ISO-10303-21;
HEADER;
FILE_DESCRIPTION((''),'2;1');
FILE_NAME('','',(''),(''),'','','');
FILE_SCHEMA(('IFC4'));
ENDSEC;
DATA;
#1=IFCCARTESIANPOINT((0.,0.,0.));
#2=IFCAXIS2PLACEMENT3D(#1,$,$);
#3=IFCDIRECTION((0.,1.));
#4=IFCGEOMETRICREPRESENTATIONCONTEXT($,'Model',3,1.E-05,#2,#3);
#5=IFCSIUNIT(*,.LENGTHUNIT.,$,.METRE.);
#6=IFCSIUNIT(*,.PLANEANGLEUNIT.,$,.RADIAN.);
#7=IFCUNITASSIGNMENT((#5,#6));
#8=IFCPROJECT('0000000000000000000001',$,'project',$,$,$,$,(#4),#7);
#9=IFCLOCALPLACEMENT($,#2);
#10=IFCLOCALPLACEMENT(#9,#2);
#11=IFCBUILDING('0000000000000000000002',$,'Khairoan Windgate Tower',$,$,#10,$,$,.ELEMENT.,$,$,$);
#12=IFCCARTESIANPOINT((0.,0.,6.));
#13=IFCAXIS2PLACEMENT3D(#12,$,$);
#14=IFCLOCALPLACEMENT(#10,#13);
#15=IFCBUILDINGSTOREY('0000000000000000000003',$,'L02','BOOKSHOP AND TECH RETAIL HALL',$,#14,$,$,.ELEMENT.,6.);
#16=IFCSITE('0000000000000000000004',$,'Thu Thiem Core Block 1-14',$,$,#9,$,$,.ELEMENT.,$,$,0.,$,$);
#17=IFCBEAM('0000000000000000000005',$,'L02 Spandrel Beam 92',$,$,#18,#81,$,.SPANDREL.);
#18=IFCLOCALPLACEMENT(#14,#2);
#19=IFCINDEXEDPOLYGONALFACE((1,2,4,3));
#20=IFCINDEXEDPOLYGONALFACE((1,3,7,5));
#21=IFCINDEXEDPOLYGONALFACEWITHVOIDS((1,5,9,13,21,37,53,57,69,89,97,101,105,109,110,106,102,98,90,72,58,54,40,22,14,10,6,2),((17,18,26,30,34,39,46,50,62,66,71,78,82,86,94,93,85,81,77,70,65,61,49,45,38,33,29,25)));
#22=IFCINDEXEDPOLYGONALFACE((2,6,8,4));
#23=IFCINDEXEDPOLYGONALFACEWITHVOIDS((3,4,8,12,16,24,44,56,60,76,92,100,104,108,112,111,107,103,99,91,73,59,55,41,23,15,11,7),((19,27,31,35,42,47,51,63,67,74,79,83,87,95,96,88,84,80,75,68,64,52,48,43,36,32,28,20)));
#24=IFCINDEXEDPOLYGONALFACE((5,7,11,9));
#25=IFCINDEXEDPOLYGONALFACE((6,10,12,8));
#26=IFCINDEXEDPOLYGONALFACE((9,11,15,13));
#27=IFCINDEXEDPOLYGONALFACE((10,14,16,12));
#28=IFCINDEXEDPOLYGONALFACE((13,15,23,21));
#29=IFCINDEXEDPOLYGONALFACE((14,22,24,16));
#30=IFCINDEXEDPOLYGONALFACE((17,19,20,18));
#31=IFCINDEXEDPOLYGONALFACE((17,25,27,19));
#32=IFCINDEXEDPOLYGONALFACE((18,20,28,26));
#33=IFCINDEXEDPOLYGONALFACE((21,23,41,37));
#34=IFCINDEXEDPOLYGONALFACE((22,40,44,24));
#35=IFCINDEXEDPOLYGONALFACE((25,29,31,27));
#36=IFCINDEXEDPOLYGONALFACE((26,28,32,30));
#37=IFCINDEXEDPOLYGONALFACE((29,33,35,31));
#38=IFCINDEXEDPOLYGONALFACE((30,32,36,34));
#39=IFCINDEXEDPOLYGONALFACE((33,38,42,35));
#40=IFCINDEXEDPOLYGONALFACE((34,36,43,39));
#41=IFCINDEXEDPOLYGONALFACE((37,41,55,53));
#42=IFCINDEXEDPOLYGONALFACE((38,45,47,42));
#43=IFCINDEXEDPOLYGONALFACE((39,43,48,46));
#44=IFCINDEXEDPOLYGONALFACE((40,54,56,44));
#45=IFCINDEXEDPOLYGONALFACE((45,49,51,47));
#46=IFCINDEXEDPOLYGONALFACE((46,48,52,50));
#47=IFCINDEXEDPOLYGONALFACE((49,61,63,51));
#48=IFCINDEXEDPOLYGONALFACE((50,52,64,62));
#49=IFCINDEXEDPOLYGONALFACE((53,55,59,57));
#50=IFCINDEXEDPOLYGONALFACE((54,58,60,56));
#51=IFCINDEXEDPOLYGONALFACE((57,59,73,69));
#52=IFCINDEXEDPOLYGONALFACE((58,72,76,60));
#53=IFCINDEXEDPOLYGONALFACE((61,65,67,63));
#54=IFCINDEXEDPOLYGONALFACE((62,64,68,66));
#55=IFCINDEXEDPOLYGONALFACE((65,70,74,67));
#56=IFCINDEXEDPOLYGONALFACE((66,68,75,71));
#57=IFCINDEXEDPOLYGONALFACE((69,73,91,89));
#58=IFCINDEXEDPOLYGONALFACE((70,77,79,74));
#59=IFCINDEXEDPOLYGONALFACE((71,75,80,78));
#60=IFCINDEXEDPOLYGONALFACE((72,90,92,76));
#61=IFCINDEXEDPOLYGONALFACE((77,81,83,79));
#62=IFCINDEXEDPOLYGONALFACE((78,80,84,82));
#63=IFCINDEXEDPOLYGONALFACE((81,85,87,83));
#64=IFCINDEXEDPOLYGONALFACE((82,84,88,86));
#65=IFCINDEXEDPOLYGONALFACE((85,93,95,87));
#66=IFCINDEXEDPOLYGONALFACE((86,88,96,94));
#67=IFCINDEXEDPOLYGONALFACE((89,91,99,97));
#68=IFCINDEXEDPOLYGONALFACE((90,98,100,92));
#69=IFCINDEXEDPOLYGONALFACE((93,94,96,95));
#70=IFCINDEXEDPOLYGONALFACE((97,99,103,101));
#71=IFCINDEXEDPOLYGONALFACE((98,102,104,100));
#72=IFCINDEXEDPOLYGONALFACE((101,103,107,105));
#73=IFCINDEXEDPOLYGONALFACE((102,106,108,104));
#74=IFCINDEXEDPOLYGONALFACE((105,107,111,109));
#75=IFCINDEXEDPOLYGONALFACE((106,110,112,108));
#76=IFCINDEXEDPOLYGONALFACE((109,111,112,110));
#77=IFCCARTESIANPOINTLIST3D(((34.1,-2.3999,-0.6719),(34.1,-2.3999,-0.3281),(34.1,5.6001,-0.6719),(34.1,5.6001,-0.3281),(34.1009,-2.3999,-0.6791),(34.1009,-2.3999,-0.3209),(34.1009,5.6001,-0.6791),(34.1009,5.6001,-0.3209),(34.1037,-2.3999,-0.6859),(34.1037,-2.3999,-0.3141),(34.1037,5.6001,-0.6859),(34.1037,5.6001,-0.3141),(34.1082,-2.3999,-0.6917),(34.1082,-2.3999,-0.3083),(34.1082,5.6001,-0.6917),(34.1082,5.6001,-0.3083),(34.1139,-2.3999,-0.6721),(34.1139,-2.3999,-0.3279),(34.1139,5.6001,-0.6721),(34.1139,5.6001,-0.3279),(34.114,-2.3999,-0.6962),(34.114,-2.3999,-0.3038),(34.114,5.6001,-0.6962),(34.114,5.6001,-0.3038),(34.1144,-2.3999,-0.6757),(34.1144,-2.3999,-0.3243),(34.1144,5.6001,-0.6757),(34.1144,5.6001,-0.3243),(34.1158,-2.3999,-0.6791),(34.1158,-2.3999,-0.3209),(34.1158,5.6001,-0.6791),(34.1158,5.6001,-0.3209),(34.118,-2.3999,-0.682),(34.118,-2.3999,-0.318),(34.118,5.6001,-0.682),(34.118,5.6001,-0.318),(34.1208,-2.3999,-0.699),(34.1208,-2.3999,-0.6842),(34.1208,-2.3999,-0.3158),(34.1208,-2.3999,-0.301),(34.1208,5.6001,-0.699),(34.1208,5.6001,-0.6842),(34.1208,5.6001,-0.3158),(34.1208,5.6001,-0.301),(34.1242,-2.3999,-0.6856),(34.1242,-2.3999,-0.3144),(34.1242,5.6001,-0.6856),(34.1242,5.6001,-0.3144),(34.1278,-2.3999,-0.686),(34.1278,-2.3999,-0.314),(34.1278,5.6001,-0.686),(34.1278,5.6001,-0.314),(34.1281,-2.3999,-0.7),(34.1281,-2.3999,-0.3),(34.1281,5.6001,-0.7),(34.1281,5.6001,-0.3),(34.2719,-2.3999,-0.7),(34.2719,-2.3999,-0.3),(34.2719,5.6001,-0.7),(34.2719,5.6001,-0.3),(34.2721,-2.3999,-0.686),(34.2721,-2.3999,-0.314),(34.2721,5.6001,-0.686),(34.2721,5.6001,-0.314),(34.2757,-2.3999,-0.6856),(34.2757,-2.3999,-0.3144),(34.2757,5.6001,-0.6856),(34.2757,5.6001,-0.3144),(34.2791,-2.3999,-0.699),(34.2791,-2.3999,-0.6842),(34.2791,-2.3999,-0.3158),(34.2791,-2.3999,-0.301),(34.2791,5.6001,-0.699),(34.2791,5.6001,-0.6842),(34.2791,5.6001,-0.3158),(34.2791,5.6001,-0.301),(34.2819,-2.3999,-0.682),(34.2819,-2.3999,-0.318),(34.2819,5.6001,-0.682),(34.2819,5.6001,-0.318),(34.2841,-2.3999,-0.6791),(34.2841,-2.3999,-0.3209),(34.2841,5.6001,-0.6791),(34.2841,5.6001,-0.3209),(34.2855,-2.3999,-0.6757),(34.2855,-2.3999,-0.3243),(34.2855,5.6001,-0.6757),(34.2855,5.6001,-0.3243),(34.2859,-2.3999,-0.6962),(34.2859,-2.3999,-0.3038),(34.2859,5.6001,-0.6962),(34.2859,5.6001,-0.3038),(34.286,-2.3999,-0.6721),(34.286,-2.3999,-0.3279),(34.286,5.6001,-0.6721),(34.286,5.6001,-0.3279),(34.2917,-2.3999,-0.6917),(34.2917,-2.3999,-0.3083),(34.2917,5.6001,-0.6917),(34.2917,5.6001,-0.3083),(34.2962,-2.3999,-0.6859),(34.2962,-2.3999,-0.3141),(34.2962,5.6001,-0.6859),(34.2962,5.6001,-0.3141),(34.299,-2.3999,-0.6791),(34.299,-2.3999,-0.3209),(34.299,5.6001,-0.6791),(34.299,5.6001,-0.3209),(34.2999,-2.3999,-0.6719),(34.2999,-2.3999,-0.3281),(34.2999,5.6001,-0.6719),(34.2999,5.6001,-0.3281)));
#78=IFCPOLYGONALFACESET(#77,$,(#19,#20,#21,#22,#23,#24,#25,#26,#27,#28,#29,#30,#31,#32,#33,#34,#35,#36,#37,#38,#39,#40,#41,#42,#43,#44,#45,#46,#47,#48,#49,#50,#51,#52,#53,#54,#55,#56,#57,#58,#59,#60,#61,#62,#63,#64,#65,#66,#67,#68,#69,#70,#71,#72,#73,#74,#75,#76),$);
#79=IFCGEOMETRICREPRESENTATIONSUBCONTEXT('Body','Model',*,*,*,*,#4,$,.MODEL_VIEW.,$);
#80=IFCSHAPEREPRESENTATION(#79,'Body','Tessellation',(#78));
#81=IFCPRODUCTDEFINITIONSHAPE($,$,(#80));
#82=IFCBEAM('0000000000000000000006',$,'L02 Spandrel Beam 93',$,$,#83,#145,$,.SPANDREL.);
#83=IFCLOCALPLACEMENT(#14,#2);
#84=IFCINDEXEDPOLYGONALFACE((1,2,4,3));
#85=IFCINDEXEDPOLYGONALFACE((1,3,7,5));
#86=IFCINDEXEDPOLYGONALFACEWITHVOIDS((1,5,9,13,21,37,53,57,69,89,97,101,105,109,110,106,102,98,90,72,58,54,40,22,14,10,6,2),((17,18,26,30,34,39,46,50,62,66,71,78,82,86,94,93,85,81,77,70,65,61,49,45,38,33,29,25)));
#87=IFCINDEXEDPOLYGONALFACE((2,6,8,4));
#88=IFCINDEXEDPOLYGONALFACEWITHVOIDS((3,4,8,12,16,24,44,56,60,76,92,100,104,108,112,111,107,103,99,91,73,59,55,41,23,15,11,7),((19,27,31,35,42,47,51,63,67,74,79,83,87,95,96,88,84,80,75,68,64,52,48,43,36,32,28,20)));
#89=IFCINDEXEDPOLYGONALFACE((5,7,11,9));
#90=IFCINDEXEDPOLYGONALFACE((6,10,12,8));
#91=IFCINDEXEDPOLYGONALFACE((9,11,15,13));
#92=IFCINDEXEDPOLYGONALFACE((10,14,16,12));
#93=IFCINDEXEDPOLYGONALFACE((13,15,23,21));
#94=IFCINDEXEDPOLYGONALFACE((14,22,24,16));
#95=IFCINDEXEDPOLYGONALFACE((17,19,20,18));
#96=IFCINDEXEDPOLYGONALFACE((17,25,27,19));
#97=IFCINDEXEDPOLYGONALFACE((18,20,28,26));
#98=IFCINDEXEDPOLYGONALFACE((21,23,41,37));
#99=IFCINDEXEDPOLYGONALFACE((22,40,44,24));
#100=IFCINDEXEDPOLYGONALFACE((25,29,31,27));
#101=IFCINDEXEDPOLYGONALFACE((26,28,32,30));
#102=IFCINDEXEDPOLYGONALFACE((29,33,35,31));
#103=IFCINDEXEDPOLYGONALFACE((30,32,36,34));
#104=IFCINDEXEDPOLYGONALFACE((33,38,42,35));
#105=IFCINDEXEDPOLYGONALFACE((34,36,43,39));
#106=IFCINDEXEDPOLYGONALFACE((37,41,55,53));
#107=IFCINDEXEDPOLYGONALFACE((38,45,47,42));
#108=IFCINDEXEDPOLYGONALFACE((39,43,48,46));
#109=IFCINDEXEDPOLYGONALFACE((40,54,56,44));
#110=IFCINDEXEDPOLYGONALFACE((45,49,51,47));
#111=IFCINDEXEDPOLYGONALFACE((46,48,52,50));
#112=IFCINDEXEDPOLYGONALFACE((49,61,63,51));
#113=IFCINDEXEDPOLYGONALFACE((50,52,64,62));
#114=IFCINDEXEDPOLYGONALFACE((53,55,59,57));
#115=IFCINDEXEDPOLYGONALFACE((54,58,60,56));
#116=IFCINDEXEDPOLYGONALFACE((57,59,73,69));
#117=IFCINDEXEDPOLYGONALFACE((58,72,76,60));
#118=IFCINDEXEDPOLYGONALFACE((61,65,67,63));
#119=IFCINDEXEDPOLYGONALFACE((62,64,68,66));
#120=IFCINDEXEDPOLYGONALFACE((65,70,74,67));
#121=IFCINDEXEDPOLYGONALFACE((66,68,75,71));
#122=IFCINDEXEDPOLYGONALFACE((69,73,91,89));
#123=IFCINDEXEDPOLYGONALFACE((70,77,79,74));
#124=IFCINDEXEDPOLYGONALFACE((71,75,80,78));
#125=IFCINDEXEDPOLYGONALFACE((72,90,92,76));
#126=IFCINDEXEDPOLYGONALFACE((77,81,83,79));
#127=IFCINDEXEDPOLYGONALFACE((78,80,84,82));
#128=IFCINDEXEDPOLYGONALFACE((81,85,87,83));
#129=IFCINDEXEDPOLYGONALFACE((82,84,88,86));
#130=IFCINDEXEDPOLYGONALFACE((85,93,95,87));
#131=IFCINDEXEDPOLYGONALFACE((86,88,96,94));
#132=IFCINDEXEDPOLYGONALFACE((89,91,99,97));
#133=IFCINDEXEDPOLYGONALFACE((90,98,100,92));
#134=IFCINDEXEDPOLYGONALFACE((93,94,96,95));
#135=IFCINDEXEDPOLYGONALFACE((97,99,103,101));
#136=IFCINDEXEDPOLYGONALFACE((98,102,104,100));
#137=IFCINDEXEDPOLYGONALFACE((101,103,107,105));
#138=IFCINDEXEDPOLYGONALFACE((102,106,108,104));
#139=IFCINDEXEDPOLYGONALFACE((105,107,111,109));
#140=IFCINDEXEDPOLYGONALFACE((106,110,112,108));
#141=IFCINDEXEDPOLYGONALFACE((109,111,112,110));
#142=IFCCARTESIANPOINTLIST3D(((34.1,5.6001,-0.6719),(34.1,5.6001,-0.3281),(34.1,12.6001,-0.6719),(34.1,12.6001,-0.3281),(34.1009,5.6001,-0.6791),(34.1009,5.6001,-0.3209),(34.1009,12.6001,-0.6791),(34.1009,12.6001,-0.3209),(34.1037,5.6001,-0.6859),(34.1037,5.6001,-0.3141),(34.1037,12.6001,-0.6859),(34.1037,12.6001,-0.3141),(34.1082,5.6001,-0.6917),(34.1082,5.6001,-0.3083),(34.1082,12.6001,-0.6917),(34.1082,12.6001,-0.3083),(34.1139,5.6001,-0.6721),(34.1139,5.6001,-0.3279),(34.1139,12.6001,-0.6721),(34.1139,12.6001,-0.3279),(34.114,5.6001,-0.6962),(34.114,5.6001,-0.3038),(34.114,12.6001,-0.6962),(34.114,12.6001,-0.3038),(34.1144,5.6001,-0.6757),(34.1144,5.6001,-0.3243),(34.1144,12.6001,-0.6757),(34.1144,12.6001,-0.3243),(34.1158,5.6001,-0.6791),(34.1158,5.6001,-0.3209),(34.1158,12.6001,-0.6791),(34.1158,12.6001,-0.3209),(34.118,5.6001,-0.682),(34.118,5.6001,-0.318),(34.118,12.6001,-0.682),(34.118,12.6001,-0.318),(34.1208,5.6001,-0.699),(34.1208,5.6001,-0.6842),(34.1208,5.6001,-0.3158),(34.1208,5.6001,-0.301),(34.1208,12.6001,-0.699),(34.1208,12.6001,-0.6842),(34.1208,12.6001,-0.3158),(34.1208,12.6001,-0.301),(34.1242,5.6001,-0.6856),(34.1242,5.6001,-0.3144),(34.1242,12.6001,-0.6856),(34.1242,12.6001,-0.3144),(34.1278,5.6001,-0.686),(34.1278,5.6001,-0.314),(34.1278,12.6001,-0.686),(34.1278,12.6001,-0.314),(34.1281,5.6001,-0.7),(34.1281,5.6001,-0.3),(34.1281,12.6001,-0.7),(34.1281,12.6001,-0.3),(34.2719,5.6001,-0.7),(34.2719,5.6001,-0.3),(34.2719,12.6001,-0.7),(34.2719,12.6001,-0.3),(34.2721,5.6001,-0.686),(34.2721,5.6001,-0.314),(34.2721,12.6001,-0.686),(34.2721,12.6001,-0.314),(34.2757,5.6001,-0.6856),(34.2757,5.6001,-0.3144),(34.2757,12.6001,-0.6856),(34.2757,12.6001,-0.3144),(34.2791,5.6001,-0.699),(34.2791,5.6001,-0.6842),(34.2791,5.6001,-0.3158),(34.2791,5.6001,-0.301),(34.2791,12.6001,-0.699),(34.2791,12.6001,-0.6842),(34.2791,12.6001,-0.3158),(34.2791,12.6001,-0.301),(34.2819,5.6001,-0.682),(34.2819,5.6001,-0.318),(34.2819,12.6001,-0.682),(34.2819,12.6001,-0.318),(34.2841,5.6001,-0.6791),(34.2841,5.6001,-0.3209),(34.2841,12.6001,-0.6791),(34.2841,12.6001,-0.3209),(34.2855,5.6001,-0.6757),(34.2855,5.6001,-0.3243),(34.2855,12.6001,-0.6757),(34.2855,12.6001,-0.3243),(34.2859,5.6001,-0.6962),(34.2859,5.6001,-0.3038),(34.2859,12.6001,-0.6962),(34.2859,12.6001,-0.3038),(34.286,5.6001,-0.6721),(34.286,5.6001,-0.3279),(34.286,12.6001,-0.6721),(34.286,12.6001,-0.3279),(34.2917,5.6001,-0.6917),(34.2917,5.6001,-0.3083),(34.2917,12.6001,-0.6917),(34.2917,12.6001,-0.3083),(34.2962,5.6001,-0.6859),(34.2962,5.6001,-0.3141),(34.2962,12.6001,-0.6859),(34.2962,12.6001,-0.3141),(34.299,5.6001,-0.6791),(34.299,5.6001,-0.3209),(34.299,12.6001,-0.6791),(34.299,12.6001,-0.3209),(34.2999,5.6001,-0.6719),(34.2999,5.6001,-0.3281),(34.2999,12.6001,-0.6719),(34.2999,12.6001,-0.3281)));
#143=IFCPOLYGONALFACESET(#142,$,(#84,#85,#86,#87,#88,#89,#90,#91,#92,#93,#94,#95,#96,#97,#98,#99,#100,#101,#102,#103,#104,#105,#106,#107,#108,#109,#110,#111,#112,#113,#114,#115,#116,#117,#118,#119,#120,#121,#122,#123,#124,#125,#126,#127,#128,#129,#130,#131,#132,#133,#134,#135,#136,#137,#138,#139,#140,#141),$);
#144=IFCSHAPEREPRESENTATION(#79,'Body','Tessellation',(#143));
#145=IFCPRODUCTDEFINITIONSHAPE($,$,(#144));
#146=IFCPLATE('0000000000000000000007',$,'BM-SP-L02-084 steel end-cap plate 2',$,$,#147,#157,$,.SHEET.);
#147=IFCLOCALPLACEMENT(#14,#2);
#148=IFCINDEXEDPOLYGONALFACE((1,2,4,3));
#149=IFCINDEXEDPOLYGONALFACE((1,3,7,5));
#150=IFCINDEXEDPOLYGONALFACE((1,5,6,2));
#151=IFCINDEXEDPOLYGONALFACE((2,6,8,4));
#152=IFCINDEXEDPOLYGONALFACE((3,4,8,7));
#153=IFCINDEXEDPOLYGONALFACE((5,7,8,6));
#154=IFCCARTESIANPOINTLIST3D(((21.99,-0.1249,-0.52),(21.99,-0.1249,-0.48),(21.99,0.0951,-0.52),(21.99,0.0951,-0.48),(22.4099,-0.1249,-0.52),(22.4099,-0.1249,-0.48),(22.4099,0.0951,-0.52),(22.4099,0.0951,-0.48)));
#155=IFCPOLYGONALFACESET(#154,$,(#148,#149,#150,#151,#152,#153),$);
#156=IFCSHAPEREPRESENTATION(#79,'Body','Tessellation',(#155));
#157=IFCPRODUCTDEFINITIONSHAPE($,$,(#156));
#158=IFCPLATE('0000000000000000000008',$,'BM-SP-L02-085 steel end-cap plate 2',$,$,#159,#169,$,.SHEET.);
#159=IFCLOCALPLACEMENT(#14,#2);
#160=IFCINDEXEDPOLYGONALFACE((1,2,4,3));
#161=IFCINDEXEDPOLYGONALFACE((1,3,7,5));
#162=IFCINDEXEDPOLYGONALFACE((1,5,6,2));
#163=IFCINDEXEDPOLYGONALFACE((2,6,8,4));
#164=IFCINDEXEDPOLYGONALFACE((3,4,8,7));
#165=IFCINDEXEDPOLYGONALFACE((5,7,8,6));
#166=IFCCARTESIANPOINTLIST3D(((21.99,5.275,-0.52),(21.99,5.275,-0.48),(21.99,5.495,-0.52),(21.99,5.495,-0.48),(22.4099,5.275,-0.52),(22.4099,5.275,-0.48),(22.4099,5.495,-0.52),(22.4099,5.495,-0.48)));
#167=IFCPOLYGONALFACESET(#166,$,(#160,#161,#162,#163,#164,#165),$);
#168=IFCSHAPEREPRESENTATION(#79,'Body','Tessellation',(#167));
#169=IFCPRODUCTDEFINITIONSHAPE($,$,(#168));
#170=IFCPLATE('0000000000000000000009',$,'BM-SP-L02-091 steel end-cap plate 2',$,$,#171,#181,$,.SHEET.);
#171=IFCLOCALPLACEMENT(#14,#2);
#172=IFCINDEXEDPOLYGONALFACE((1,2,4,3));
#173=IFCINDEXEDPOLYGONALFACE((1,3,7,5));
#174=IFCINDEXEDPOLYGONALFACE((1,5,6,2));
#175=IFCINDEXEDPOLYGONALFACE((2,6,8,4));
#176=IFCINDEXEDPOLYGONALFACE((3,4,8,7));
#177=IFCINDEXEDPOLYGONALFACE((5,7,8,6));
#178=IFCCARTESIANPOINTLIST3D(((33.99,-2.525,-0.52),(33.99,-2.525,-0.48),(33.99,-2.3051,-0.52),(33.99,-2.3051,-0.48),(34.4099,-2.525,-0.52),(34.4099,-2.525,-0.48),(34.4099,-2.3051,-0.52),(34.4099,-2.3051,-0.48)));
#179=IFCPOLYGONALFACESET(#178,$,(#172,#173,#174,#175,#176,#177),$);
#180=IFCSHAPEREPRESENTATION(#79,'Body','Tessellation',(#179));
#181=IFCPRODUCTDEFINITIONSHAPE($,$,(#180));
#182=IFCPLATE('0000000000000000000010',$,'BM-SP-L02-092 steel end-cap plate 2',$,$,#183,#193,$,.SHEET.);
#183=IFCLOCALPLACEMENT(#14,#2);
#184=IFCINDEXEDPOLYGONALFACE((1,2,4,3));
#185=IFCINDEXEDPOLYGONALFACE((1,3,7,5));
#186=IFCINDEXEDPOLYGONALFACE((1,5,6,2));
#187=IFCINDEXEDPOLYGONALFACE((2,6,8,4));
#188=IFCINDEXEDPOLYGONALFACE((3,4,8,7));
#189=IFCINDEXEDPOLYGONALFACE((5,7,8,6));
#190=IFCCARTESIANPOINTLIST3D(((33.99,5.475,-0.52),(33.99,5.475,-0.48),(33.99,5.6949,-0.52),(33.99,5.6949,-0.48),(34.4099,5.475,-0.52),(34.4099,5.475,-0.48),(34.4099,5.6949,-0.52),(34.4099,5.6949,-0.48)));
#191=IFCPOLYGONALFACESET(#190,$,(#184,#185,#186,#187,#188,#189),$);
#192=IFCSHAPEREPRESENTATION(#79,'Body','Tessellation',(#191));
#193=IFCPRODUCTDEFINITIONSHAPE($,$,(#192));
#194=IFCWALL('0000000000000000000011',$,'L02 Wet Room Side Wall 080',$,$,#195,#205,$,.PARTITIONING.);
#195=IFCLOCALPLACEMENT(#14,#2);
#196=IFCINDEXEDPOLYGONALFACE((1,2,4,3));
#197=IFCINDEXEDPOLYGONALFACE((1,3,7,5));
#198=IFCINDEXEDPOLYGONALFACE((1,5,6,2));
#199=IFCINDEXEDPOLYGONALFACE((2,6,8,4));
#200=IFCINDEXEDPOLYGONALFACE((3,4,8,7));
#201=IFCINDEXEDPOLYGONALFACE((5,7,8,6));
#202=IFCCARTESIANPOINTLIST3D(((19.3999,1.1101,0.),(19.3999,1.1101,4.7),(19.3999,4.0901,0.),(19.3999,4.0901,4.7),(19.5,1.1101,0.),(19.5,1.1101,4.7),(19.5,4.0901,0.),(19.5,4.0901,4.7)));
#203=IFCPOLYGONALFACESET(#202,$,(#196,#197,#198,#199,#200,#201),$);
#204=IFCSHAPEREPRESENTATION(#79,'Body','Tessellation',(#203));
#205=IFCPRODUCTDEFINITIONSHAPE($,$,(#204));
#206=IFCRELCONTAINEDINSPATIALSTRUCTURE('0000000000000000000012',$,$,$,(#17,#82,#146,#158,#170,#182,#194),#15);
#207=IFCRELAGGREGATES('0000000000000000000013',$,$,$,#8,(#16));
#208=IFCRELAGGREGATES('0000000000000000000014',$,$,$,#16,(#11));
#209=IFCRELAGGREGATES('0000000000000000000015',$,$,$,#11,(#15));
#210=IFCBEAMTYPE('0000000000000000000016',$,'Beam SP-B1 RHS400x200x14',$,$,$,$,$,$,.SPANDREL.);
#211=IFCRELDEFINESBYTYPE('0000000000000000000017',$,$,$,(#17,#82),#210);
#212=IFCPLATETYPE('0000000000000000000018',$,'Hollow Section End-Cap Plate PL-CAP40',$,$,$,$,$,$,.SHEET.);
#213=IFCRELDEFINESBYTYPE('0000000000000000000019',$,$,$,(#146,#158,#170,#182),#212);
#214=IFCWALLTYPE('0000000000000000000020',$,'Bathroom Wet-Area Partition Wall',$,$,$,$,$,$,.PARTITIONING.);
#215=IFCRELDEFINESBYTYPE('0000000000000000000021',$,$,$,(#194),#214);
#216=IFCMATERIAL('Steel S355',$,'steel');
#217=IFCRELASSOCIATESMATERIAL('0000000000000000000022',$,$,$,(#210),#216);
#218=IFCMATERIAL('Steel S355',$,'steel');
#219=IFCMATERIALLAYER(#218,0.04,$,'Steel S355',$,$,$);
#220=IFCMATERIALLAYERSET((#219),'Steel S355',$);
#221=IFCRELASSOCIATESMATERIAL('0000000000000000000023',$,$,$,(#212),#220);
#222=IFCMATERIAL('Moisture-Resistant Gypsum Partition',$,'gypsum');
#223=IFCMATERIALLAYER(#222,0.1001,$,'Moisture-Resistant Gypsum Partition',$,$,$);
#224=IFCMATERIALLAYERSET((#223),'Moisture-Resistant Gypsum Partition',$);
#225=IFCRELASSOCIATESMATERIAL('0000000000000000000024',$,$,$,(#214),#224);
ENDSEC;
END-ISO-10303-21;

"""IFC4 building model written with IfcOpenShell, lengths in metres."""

from ifc_helpers import new_model, si_unit, direction, frame, frame_2d, origin, origin_2d, place, context, subcontext, project, spatial, rectangle, hollow_rectangle, extrude, material, layer, layer_set, material_profile, profile_set, type_object, element, save


model = new_model("IFC4")

# Units and contexts
model_context = context("Model", 3, precision=1e-05, world=origin(), true_north=direction((0.0, 1.0)))
body_context = subcontext(model_context, "Body", "Model", "MODEL_VIEW")
ifc_project = project(units=[si_unit("LENGTHUNIT", "METRE"), si_unit("PLANEANGLEUNIT", "RADIAN")], contexts=[model_context])

# Site, building, storey
site_placement = place(None, origin())
site = spatial("IfcSite", under=ifc_project, at=site_placement, Name="Thu Thiem Core Block 1-14", CompositionType="ELEMENT", RefElevation=0.0)
building_placement = place(site_placement, origin())
building = spatial("IfcBuilding", under=site, at=building_placement, Name="Khairoan Windgate Tower", CompositionType="ELEMENT")
storey_placement = place(building_placement, frame((0.0, 0.0, 6.0)))
storey = spatial("IfcBuildingStorey", under=building, at=storey_placement, Name="L02", Description="BOOKSHOP AND TECH RETAIL HALL", CompositionType="ELEMENT", Elevation=6.0)

# Beams
ifc_material_1 = material(Name="Steel S355", Category="steel")
ifc_material_profile_1 = material_profile(ifc_material_1, hollow_rectangle(XDim=0.2, YDim=0.3999, WallThickness=0.0139, InnerFilletRadius=0.0139, OuterFilletRadius=0.0281, at=origin_2d()))
ifc_profile_set_1 = profile_set([ifc_material_profile_1], Name="Steel S355")
beam_type_1 = type_object("IfcBeamType", Name="Beam SP-B1 RHS400x200x14", PredefinedType="SPANDREL", material=ifc_profile_set_1)
beam_1_placement = place(storey_placement, frame((34.2, -2.3999, -0.5), z_axis=(0.0, 1.0, 0.0), x_axis=(-1.0, 0.0, 0.0)))
element("IfcBeam", 1, at=beam_1_placement, inside=storey, type_object=beam_type_1, Name="L02 Spandrel Beam 92", PredefinedType="SPANDREL", context=body_context, shape_type="SweptSolid", body=[
    extrude(hollow_rectangle(XDim=0.2, YDim=0.3999, WallThickness=0.0139, InnerFilletRadius=0.0139, OuterFilletRadius=0.0281, at=origin_2d()), origin(), (0.0, 0.0, 1.0), 8.0),
])
beam_2_placement = place(storey_placement, frame((34.2, 5.6001, -0.5), z_axis=(0.0, 1.0, 0.0), x_axis=(-1.0, 0.0, 0.0)))
element("IfcBeam", 2, at=beam_2_placement, inside=storey, type_object=beam_type_1, Name="L02 Spandrel Beam 93", PredefinedType="SPANDREL", context=body_context, shape_type="SweptSolid", body=[
    extrude(hollow_rectangle(XDim=0.2, YDim=0.3999, WallThickness=0.0139, InnerFilletRadius=0.0139, OuterFilletRadius=0.0281, at=origin_2d()), origin(), (0.0, 0.0, 1.0), 7.0),
])

# Plates
ifc_material_2 = material(Name="Steel S355", Category="steel")
ifc_layer_1 = layer(ifc_material_2, 0.04, Name="Steel S355")
ifc_layer_set_1 = layer_set([ifc_layer_1], Name="Steel S355")
plate_type = type_object("IfcPlateType", Name="Hollow Section End-Cap Plate PL-CAP40", PredefinedType="SHEET", material=ifc_layer_set_1)
for number, where, z_axis, x_axis, name in (
    (3, (22.2, -0.0149, -0.52), (0.0, 0.0, 1.0), (0.0, 1.0, 0.0), "BM-SP-L02-084 steel end-cap plate 2"),
    (4, (22.2, 5.385, -0.52), (0.0, 0.0, 1.0), (0.0, 1.0, 0.0), "BM-SP-L02-085 steel end-cap plate 2"),
    (5, (34.2, -2.415, -0.52), (0.0, 0.0, 1.0), (0.0, 1.0, 0.0), "BM-SP-L02-091 steel end-cap plate 2"),
    (6, (34.2, 5.585, -0.52), (0.0, 0.0, 1.0), (0.0, 1.0, 0.0), "BM-SP-L02-092 steel end-cap plate 2"),
):
    element("IfcPlate", number, at=place(storey_placement, frame(where, z_axis=z_axis, x_axis=x_axis)), inside=storey, type_object=plate_type, Name=name, PredefinedType="SHEET", context=body_context, shape_type="SweptSolid", body=[
        extrude(rectangle(XDim=0.22, YDim=0.4199, at=origin_2d()), origin(), (0.0, 0.0, 1.0), 0.04),
    ])

# Wall
ifc_material_3 = material(Name="Moisture-Resistant Gypsum Partition", Category="gypsum")
ifc_layer_2 = layer(ifc_material_3, 0.1001, Name="Moisture-Resistant Gypsum Partition")
ifc_layer_set_2 = layer_set([ifc_layer_2], Name="Moisture-Resistant Gypsum Partition")
wall_type_1 = type_object("IfcWallType", Name="Bathroom Wet-Area Partition Wall", PredefinedType="PARTITIONING", material=ifc_layer_set_2)
wall_1_placement = place(storey_placement, frame((19.45, 4.0901, 0.0), z_axis=(0.0, 0.0, 1.0), x_axis=(0.0, -1.0, 0.0)))
element("IfcWall", 7, at=wall_1_placement, inside=storey, type_object=wall_type_1, Name="L02 Wet Room Side Wall 080", PredefinedType="PARTITIONING", context=body_context, shape_type="SweptSolid", body=[
    extrude(rectangle(XDim=2.98, YDim=0.1001, at=frame_2d((1.49, 0.0))), origin(), (0.0, 0.0, 1.0), 4.7),
])

save(model, "model.ifc")
